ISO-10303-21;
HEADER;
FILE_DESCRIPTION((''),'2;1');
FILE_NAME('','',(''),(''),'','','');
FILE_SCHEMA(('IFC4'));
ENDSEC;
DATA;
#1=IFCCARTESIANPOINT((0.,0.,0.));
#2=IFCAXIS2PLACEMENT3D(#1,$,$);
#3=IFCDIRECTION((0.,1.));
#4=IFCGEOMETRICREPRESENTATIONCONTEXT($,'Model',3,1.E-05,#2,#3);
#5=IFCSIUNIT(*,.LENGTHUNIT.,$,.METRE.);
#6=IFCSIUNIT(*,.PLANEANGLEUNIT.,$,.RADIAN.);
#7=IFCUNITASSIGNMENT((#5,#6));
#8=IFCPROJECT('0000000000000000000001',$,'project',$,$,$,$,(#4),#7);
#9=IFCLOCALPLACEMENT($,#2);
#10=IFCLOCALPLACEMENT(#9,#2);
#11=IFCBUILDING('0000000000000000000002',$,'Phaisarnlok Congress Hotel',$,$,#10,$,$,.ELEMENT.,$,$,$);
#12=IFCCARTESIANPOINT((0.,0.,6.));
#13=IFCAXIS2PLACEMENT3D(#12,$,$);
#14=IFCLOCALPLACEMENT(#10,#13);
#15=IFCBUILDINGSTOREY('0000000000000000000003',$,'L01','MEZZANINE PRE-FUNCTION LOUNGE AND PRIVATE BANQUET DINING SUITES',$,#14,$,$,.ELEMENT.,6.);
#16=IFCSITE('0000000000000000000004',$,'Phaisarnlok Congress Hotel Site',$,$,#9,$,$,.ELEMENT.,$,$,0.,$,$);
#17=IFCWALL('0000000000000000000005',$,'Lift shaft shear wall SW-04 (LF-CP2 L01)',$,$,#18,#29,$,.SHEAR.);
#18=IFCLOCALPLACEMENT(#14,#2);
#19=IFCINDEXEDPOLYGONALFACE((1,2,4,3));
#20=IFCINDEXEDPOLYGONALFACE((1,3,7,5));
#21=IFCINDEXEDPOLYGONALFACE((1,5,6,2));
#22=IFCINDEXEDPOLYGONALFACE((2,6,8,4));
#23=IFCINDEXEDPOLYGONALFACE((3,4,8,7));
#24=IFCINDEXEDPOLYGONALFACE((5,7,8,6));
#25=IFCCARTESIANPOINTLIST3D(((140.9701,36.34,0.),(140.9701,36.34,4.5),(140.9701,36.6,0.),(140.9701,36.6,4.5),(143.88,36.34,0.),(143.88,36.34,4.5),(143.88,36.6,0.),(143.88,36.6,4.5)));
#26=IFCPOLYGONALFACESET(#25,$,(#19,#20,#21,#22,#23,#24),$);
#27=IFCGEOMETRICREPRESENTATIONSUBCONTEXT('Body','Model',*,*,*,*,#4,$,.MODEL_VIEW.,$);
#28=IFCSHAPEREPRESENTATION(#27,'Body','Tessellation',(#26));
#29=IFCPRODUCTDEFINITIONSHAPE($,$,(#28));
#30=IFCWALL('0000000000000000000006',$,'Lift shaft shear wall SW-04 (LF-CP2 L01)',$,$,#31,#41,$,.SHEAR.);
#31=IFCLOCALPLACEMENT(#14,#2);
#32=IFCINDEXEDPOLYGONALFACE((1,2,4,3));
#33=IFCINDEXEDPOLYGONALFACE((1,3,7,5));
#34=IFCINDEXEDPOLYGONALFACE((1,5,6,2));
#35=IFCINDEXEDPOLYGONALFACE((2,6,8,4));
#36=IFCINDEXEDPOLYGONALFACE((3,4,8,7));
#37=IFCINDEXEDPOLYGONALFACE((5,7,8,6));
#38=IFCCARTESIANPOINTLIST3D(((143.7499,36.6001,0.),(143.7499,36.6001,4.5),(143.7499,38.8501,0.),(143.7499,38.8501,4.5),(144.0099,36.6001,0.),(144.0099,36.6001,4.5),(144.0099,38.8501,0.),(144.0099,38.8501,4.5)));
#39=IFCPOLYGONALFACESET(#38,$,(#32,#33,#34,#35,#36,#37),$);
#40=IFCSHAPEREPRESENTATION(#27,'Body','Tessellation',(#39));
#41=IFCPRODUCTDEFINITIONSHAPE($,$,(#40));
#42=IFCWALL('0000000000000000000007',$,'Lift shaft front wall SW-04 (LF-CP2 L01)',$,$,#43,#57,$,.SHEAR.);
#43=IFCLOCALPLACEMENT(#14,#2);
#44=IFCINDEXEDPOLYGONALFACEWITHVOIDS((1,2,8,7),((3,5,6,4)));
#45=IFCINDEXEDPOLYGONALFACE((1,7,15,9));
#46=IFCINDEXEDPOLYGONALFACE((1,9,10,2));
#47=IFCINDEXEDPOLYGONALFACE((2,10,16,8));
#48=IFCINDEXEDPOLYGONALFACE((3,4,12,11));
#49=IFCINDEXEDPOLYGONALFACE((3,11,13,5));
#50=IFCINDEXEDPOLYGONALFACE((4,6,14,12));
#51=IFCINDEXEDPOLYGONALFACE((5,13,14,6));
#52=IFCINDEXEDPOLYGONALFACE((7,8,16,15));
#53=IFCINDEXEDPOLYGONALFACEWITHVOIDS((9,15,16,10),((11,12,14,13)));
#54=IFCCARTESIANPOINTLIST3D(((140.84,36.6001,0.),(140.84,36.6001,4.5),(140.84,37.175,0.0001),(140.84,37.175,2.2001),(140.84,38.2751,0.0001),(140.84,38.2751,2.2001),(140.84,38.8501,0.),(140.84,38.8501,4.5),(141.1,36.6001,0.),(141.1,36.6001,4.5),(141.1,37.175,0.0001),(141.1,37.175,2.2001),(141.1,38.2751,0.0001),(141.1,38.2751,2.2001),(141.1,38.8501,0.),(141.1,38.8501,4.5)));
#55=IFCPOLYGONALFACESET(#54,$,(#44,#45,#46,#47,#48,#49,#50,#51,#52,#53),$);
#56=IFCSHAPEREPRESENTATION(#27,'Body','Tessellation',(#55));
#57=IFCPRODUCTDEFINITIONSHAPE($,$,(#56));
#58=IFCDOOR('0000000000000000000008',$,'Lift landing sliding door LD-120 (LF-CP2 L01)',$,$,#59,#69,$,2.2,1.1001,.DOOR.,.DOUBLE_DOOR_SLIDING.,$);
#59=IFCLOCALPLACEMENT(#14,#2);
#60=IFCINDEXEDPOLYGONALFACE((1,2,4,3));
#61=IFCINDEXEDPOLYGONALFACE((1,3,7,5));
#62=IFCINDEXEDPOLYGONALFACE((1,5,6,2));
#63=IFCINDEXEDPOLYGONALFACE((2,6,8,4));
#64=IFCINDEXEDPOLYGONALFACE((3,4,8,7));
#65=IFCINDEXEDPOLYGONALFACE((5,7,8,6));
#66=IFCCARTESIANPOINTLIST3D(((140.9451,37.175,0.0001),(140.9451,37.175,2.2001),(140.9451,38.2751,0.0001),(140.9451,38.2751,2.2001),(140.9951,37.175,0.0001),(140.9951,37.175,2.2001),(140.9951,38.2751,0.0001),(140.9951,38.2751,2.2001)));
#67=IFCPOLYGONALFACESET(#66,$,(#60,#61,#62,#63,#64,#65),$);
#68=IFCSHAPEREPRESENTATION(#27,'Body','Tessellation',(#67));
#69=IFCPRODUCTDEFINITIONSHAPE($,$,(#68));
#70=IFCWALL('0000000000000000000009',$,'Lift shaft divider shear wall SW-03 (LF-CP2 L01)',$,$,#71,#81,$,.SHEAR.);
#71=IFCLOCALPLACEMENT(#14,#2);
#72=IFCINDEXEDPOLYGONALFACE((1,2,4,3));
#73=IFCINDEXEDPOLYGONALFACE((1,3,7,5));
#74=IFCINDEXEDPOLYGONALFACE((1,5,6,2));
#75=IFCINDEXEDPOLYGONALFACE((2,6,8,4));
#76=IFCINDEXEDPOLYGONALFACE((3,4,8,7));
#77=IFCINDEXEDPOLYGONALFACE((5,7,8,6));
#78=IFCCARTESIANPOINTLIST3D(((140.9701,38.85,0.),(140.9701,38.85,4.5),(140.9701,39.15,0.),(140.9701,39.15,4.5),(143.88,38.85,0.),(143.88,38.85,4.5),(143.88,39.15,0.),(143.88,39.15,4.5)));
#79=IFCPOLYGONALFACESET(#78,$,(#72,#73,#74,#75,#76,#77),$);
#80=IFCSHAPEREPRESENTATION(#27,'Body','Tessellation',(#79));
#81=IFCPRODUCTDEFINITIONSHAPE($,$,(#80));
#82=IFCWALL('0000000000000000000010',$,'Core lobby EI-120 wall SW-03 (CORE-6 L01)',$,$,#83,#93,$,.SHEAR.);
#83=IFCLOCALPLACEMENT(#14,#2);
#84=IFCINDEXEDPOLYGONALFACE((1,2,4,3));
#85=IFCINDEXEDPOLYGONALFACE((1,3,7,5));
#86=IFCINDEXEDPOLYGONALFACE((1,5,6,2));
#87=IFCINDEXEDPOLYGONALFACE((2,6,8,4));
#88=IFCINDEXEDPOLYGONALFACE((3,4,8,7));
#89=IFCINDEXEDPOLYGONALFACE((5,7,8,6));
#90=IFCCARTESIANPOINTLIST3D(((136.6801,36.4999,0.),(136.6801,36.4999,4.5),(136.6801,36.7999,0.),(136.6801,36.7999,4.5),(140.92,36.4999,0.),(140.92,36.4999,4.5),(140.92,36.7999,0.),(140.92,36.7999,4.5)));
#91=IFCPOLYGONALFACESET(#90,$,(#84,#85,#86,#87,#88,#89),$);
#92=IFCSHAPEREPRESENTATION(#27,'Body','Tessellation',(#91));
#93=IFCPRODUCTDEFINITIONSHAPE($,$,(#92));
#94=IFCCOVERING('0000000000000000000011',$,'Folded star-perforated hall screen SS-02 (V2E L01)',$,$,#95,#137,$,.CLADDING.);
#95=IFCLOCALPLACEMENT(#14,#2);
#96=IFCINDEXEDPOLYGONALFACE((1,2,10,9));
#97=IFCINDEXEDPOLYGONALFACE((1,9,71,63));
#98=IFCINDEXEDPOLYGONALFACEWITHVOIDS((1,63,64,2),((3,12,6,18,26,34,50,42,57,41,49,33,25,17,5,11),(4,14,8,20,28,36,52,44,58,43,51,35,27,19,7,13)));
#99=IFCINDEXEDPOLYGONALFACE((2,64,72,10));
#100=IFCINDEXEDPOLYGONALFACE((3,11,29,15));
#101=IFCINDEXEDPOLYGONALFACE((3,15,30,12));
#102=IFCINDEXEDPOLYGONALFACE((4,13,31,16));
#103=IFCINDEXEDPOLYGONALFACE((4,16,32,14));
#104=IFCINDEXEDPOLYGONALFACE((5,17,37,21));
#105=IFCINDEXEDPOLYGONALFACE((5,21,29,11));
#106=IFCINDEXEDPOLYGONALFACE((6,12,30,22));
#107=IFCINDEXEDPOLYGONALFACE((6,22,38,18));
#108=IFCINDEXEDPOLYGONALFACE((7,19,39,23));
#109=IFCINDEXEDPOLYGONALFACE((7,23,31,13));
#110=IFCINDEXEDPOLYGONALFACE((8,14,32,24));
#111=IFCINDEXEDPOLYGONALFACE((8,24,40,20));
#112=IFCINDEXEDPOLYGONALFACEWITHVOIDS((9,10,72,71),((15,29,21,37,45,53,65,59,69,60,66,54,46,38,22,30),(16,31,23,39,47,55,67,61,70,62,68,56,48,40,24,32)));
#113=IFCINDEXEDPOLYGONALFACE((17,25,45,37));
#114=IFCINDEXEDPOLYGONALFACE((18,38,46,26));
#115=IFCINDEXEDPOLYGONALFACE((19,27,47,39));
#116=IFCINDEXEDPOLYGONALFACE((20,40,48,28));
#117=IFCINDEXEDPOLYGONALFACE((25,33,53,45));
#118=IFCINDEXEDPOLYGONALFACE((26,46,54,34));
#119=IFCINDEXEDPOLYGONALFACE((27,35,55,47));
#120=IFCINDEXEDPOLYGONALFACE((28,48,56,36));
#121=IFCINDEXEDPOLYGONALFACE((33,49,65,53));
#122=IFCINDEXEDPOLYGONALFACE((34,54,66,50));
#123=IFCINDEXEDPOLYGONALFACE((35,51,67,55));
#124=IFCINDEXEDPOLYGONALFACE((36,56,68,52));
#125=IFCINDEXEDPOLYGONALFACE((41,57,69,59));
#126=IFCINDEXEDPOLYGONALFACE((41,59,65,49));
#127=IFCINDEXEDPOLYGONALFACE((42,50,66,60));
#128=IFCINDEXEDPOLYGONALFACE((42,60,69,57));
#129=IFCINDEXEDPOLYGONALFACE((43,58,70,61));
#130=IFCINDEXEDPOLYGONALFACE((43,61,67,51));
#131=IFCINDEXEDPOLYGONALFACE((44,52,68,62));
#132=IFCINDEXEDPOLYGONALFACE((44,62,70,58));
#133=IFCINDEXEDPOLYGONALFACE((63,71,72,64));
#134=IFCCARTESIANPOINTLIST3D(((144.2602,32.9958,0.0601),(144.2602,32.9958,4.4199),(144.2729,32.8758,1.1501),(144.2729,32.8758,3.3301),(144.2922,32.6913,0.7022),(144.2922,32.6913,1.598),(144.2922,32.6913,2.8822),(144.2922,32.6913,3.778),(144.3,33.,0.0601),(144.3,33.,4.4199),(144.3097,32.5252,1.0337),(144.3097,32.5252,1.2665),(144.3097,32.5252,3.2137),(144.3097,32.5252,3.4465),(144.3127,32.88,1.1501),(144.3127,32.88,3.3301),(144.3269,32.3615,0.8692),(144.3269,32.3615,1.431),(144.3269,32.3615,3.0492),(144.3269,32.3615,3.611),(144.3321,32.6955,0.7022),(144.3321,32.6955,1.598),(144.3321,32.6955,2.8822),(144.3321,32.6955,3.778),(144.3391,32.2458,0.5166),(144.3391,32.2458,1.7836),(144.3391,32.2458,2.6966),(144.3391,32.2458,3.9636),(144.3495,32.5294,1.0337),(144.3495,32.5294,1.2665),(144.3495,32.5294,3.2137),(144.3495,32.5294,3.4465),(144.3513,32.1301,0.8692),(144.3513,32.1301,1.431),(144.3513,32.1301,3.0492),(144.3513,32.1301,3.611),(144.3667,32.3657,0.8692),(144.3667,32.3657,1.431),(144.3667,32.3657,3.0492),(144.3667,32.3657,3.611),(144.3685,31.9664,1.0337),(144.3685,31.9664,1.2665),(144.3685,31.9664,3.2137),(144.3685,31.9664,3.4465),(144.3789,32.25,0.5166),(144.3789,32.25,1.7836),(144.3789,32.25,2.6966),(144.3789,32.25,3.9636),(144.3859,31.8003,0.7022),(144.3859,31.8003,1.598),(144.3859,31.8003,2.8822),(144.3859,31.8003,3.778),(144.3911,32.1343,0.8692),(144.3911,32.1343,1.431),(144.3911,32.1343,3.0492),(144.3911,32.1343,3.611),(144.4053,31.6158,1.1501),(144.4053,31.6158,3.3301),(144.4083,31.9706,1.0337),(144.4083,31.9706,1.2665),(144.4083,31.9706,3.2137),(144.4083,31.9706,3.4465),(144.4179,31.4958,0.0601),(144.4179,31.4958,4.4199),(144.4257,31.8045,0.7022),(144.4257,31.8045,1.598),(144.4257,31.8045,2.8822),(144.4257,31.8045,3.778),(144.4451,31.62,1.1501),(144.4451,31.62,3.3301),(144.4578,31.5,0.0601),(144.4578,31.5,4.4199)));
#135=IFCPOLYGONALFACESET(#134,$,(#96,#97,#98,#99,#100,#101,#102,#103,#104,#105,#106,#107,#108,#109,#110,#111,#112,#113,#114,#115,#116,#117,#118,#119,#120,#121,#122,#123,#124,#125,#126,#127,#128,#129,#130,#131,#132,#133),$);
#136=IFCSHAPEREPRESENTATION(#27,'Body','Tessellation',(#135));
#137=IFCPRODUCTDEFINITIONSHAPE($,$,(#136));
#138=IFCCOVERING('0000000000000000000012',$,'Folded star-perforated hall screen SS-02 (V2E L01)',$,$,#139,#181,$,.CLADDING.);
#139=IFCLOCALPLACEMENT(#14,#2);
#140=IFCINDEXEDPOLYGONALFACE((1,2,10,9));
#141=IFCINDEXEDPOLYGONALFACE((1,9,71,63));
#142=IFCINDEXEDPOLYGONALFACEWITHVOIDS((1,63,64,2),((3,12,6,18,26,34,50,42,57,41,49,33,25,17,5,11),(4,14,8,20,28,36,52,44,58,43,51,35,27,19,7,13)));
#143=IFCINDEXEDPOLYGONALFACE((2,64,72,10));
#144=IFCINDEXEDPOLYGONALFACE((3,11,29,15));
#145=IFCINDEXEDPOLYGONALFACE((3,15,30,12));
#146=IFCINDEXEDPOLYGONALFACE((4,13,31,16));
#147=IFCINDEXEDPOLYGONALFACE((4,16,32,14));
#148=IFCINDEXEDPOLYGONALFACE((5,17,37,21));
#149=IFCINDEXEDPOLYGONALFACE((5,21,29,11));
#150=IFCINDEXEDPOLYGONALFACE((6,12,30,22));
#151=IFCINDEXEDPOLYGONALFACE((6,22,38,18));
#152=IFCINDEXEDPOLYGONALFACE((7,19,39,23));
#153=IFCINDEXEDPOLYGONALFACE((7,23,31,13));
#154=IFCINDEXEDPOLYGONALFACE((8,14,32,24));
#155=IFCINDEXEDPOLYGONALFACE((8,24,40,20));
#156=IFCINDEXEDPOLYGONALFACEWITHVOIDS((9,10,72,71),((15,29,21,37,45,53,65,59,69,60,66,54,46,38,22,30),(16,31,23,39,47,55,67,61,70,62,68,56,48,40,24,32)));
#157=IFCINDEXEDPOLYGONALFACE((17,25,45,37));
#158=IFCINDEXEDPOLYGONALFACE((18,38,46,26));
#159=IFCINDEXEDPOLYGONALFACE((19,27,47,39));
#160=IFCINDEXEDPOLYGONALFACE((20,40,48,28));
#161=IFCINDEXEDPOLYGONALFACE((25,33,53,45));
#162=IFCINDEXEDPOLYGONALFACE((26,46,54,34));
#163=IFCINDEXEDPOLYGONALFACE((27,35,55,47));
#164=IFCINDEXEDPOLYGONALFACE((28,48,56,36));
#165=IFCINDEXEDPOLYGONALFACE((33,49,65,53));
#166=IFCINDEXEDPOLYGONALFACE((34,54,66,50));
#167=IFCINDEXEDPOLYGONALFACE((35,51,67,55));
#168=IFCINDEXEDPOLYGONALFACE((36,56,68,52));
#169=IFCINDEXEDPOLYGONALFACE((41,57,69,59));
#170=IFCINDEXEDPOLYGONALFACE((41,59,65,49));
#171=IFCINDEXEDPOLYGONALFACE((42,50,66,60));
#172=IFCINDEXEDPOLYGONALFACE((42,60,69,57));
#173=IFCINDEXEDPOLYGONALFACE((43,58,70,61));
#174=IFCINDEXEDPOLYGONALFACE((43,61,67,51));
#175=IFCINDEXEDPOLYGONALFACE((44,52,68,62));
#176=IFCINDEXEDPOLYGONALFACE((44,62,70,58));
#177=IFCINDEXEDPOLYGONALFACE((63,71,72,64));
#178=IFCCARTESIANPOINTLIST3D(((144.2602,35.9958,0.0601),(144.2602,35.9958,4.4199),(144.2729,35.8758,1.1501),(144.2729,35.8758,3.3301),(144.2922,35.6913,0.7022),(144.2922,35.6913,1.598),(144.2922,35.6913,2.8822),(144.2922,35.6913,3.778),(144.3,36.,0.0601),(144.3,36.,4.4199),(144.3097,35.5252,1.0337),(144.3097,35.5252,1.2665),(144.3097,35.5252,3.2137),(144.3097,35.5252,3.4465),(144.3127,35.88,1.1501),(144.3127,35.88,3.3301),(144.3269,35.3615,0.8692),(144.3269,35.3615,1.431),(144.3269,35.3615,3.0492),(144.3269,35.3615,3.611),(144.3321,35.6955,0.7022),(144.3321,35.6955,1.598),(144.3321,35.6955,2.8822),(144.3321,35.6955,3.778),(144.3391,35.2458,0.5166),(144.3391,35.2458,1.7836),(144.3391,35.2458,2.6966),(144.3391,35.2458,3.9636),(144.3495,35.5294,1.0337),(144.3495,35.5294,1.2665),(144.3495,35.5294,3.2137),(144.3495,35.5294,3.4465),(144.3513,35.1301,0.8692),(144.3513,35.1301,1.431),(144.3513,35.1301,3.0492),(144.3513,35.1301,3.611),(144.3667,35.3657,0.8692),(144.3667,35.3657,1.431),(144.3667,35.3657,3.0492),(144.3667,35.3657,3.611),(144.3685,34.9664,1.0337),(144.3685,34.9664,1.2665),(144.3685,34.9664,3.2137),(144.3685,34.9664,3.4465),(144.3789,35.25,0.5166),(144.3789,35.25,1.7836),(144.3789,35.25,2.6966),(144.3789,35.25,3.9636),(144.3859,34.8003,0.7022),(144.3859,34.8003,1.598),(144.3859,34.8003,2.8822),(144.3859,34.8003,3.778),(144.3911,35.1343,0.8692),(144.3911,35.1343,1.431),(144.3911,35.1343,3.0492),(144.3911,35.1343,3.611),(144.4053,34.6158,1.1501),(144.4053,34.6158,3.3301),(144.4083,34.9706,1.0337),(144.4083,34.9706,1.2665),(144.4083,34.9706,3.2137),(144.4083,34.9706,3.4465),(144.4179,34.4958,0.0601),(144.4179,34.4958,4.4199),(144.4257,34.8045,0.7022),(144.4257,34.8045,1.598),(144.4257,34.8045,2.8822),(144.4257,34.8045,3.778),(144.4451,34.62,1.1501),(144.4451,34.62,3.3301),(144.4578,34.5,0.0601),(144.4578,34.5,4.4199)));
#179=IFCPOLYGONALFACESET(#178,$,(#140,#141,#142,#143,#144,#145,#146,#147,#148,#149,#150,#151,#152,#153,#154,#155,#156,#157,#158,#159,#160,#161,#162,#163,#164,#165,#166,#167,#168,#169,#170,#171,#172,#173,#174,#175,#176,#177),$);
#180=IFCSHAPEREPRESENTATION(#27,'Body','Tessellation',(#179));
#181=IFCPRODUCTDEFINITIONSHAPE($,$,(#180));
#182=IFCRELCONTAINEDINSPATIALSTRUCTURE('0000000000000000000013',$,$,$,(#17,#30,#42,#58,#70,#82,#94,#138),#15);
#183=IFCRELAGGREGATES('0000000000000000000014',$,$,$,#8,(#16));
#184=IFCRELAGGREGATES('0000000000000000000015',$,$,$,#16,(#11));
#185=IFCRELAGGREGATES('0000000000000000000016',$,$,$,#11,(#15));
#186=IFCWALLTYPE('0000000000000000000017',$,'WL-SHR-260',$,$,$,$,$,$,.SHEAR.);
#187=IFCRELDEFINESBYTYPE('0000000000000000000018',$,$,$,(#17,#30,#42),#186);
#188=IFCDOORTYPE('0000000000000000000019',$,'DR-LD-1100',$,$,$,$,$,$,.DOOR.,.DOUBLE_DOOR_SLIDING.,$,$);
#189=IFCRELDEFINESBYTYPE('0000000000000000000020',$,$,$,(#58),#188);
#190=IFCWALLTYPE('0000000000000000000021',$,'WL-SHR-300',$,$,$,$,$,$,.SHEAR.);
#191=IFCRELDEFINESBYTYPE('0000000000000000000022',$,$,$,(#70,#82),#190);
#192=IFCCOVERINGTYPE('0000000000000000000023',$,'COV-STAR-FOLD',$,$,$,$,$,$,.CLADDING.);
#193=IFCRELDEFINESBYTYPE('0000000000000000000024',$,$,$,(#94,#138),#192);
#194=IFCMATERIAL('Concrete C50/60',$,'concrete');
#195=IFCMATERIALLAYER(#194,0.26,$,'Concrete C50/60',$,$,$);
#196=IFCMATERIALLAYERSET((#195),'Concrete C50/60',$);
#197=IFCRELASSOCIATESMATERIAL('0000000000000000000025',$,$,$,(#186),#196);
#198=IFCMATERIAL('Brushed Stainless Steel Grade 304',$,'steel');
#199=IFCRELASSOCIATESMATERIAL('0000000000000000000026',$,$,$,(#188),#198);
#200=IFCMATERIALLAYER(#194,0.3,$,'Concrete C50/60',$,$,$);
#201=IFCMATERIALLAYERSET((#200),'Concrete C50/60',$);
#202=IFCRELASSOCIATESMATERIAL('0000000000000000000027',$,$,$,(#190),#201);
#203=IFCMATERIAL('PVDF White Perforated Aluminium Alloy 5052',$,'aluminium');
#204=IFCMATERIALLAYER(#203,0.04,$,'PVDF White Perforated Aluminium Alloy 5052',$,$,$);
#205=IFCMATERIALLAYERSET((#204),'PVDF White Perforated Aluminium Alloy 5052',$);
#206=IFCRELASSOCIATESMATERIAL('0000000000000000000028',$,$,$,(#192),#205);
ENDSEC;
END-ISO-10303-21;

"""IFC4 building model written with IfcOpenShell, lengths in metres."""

from ifc_helpers import new_model, si_unit, direction, frame, frame_2d, origin, place, context, subcontext, project, spatial, polyline, rectangle, outline, extrude, material, layer, layer_set, type_object, element, fill, save


model = new_model("IFC4")

# Units and contexts
model_context = context("Model", 3, precision=1e-05, world=origin(), true_north=direction((0.0, 1.0)))
body_context = subcontext(model_context, "Body", "Model", "MODEL_VIEW")
ifc_project = project(units=[si_unit("LENGTHUNIT", "METRE"), si_unit("PLANEANGLEUNIT", "RADIAN")], contexts=[model_context])

# Site, building, storey
site_placement = place(None, origin())
site = spatial("IfcSite", under=ifc_project, at=site_placement, Name="Phaisarnlok Congress Hotel Site", CompositionType="ELEMENT", RefElevation=0.0)
building_placement = place(site_placement, origin())
building = spatial("IfcBuilding", under=site, at=building_placement, Name="Phaisarnlok Congress Hotel", CompositionType="ELEMENT")
storey_placement = place(building_placement, frame((0.0, 0.0, 6.0)))
storey = spatial("IfcBuildingStorey", under=building, at=storey_placement, Name="L01", Description="MEZZANINE PRE-FUNCTION LOUNGE AND PRIVATE BANQUET DINING SUITES", CompositionType="ELEMENT", Elevation=6.0)

# Shared definitions
ifc_material_1 = material(Name="Concrete C50/60", Category="concrete")

# Shared definitions
ifc_layer_1 = layer(ifc_material_1, 0.26, Name="Concrete C50/60")
ifc_layer_set_1 = layer_set([ifc_layer_1], Name="Concrete C50/60")
wall_type_1 = type_object("IfcWallType", Name="WL-SHR-260", PredefinedType="SHEAR", material=ifc_layer_set_1)

# Walls
wall_1_placement = place(storey_placement, frame((140.97, 36.47, 0.0), z_axis=(0.0, 0.0, 1.0), x_axis=(1.0, 0.0, 0.0)))
element("IfcWall", 1, at=wall_1_placement, inside=storey, type_object=wall_type_1, Name="Lift shaft shear wall SW-04 (LF-CP2 L01)", PredefinedType="SHEAR", context=body_context, shape_type="SweptSolid", body=[
    extrude(rectangle(XDim=2.9099, YDim=0.26, at=frame_2d((1.4551, 0.0))), origin(), (0.0, 0.0, 1.0), 4.5),
])
wall_2_placement = place(storey_placement, frame((143.8799, 36.6001, 0.0), z_axis=(0.0, 0.0, 1.0), x_axis=(0.0, 1.0, 0.0)))
element("IfcWall", 2, at=wall_2_placement, inside=storey, type_object=wall_type_1, Name="Lift shaft shear wall SW-04 (LF-CP2 L01)", PredefinedType="SHEAR", context=body_context, shape_type="SweptSolid", body=[
    extrude(rectangle(XDim=2.25, YDim=0.26, at=frame_2d((1.125, 0.0))), origin(), (0.0, 0.0, 1.0), 4.5),
])

# Wall, opening, door
wall_3_placement = place(storey_placement, frame((140.97, 36.6001, 0.0), z_axis=(0.0, 0.0, 1.0), x_axis=(0.0, 1.0, 0.0)))
wall_3 = element("IfcWall", 3, at=wall_3_placement, inside=storey, type_object=wall_type_1, Name="Lift shaft front wall SW-04 (LF-CP2 L01)", PredefinedType="SHEAR", context=body_context, shape_type="SweptSolid", body=[
    extrude(rectangle(XDim=2.25, YDim=0.26, at=frame_2d((1.125, 0.0))), origin(), (0.0, 0.0, 1.0), 4.5),
])
opening_1_placement = place(wall_3_placement, frame((0.575, 0.0, 0.0)))
opening_1 = element("IfcOpeningElement", 4, at=opening_1_placement, cuts=wall_3, PredefinedType="OPENING", context=body_context, shape_type="SweptSolid", body=[
    extrude(rectangle(XDim=1.1001, YDim=2.2, at=frame_2d((0.55, 1.1001))), frame((0.0, 0.1401, 0.0), z_axis=(0.0, -1.0, 0.0), x_axis=(1.0, 0.0, 0.0)), (0.0, 0.0, 1.0), 0.28),
])
ifc_material_2 = material(Name="Brushed Stainless Steel Grade 304", Category="steel")
door_type_1 = type_object("IfcDoorType", Name="DR-LD-1100", OperationType="DOUBLE_DOOR_SLIDING", PredefinedType="DOOR", material=ifc_material_2)
door_1_placement = place(opening_1_placement, origin())
door_1 = element("IfcDoor", 5, at=door_1_placement, inside=storey, type_object=door_type_1, Name="Lift landing sliding door LD-120 (LF-CP2 L01)", OperationType="DOUBLE_DOOR_SLIDING", OverallHeight=2.2, OverallWidth=1.1001, PredefinedType="DOOR", context=body_context, shape_type="SweptSolid", body=[
    extrude(rectangle(XDim=1.1001, YDim=2.2, at=frame_2d((0.55, 1.1001))), frame((0.0, 0.0249, 0.0), z_axis=(0.0, -1.0, 0.0), x_axis=(1.0, 0.0, 0.0)), (0.0, 0.0, 1.0), 0.05),
])
fill(opening_1, door_1)

# Walls
ifc_layer_2 = layer(ifc_material_1, 0.3, Name="Concrete C50/60")
ifc_layer_set_2 = layer_set([ifc_layer_2], Name="Concrete C50/60")
wall_type_2 = type_object("IfcWallType", Name="WL-SHR-300", PredefinedType="SHEAR", material=ifc_layer_set_2)
wall_4_placement = place(storey_placement, frame((140.97, 39.0, 0.0), z_axis=(0.0, 0.0, 1.0), x_axis=(1.0, 0.0, 0.0)))
element("IfcWall", 6, at=wall_4_placement, inside=storey, type_object=wall_type_2, Name="Lift shaft divider shear wall SW-03 (LF-CP2 L01)", PredefinedType="SHEAR", context=body_context, shape_type="SweptSolid", body=[
    extrude(rectangle(XDim=2.9099, YDim=0.3, at=frame_2d((1.4551, 0.0))), origin(), (0.0, 0.0, 1.0), 4.5),
])
wall_5_placement = place(storey_placement, frame((136.6799, 36.6499, 0.0), z_axis=(0.0, 0.0, 1.0), x_axis=(1.0, 0.0, 0.0)))
element("IfcWall", 7, at=wall_5_placement, inside=storey, type_object=wall_type_2, Name="Core lobby EI-120 wall SW-03 (CORE-6 L01)", PredefinedType="SHEAR", context=body_context, shape_type="SweptSolid", body=[
    extrude(rectangle(XDim=4.24, YDim=0.3, at=frame_2d((2.1201, 0.0))), origin(), (0.0, 0.0, 1.0), 4.5),
])

# Coverings
ifc_material_3 = material(Name="PVDF White Perforated Aluminium Alloy 5052", Category="aluminium")
ifc_layer_3 = layer(ifc_material_3, 0.04, Name="PVDF White Perforated Aluminium Alloy 5052")
ifc_layer_set_3 = layer_set([ifc_layer_3], Name="PVDF White Perforated Aluminium Alloy 5052")
covering_type = type_object("IfcCoveringType", Name="COV-STAR-FOLD", PredefinedType="CLADDING", material=ifc_layer_set_3)
for number, where, z_axis, x_axis, name in (
    (8, (144.3, 33.0, 0.0601), (-0.994518, -0.104567, 0.0), (0.104567, -0.994518, 0.0), "Folded star-perforated hall screen SS-02 (V2E L01)"),
    (9, (144.3, 36.0, 0.0601), (-0.994518, -0.104567, 0.0), (0.104567, -0.994518, 0.0), "Folded star-perforated hall screen SS-02 (V2E L01)"),
):
    element("IfcCovering", number, at=place(storey_placement, frame(where, z_axis=z_axis, x_axis=x_axis)), inside=storey, type_object=covering_type, Name=name, PredefinedType="CLADDING", context=body_context, shape_type="SweptSolid", body=[
        extrude(outline(polyline([(0.0, 0.0), (1.5083, 0.0), (1.5083, 4.3599), (0.0, 4.3599), (0.0, 0.0)]), holes=[polyline([(1.0351, 0.9736), (1.2021, 0.6421), (0.8705, 0.8091), (0.7541, 0.4565), (0.6378, 0.8091), (0.3062, 0.6421), (0.4732, 0.9736), (0.1207, 1.09), (0.4732, 1.2064), (0.3062, 1.5379), (0.6378, 1.3709), (0.7541, 1.7235), (0.8705, 1.3709), (1.2021, 1.5379), (1.0351, 1.2064), (1.3876, 1.09), (1.0351, 0.9736)]), polyline([(1.0351, 3.1536), (1.2021, 2.8221), (0.8705, 2.9891), (0.7541, 2.6365), (0.6378, 2.9891), (0.3062, 2.8221), (0.4732, 3.1536), (0.1207, 3.27), (0.4732, 3.3864), (0.3062, 3.7179), (0.6378, 3.5509), (0.7541, 3.9035), (0.8705, 3.5509), (1.2021, 3.7179), (1.0351, 3.3864), (1.3876, 3.27), (1.0351, 3.1536)])]), origin(), (0.0, 0.0, 1.0), 0.04),
    ])

save(model, "model.ifc")
